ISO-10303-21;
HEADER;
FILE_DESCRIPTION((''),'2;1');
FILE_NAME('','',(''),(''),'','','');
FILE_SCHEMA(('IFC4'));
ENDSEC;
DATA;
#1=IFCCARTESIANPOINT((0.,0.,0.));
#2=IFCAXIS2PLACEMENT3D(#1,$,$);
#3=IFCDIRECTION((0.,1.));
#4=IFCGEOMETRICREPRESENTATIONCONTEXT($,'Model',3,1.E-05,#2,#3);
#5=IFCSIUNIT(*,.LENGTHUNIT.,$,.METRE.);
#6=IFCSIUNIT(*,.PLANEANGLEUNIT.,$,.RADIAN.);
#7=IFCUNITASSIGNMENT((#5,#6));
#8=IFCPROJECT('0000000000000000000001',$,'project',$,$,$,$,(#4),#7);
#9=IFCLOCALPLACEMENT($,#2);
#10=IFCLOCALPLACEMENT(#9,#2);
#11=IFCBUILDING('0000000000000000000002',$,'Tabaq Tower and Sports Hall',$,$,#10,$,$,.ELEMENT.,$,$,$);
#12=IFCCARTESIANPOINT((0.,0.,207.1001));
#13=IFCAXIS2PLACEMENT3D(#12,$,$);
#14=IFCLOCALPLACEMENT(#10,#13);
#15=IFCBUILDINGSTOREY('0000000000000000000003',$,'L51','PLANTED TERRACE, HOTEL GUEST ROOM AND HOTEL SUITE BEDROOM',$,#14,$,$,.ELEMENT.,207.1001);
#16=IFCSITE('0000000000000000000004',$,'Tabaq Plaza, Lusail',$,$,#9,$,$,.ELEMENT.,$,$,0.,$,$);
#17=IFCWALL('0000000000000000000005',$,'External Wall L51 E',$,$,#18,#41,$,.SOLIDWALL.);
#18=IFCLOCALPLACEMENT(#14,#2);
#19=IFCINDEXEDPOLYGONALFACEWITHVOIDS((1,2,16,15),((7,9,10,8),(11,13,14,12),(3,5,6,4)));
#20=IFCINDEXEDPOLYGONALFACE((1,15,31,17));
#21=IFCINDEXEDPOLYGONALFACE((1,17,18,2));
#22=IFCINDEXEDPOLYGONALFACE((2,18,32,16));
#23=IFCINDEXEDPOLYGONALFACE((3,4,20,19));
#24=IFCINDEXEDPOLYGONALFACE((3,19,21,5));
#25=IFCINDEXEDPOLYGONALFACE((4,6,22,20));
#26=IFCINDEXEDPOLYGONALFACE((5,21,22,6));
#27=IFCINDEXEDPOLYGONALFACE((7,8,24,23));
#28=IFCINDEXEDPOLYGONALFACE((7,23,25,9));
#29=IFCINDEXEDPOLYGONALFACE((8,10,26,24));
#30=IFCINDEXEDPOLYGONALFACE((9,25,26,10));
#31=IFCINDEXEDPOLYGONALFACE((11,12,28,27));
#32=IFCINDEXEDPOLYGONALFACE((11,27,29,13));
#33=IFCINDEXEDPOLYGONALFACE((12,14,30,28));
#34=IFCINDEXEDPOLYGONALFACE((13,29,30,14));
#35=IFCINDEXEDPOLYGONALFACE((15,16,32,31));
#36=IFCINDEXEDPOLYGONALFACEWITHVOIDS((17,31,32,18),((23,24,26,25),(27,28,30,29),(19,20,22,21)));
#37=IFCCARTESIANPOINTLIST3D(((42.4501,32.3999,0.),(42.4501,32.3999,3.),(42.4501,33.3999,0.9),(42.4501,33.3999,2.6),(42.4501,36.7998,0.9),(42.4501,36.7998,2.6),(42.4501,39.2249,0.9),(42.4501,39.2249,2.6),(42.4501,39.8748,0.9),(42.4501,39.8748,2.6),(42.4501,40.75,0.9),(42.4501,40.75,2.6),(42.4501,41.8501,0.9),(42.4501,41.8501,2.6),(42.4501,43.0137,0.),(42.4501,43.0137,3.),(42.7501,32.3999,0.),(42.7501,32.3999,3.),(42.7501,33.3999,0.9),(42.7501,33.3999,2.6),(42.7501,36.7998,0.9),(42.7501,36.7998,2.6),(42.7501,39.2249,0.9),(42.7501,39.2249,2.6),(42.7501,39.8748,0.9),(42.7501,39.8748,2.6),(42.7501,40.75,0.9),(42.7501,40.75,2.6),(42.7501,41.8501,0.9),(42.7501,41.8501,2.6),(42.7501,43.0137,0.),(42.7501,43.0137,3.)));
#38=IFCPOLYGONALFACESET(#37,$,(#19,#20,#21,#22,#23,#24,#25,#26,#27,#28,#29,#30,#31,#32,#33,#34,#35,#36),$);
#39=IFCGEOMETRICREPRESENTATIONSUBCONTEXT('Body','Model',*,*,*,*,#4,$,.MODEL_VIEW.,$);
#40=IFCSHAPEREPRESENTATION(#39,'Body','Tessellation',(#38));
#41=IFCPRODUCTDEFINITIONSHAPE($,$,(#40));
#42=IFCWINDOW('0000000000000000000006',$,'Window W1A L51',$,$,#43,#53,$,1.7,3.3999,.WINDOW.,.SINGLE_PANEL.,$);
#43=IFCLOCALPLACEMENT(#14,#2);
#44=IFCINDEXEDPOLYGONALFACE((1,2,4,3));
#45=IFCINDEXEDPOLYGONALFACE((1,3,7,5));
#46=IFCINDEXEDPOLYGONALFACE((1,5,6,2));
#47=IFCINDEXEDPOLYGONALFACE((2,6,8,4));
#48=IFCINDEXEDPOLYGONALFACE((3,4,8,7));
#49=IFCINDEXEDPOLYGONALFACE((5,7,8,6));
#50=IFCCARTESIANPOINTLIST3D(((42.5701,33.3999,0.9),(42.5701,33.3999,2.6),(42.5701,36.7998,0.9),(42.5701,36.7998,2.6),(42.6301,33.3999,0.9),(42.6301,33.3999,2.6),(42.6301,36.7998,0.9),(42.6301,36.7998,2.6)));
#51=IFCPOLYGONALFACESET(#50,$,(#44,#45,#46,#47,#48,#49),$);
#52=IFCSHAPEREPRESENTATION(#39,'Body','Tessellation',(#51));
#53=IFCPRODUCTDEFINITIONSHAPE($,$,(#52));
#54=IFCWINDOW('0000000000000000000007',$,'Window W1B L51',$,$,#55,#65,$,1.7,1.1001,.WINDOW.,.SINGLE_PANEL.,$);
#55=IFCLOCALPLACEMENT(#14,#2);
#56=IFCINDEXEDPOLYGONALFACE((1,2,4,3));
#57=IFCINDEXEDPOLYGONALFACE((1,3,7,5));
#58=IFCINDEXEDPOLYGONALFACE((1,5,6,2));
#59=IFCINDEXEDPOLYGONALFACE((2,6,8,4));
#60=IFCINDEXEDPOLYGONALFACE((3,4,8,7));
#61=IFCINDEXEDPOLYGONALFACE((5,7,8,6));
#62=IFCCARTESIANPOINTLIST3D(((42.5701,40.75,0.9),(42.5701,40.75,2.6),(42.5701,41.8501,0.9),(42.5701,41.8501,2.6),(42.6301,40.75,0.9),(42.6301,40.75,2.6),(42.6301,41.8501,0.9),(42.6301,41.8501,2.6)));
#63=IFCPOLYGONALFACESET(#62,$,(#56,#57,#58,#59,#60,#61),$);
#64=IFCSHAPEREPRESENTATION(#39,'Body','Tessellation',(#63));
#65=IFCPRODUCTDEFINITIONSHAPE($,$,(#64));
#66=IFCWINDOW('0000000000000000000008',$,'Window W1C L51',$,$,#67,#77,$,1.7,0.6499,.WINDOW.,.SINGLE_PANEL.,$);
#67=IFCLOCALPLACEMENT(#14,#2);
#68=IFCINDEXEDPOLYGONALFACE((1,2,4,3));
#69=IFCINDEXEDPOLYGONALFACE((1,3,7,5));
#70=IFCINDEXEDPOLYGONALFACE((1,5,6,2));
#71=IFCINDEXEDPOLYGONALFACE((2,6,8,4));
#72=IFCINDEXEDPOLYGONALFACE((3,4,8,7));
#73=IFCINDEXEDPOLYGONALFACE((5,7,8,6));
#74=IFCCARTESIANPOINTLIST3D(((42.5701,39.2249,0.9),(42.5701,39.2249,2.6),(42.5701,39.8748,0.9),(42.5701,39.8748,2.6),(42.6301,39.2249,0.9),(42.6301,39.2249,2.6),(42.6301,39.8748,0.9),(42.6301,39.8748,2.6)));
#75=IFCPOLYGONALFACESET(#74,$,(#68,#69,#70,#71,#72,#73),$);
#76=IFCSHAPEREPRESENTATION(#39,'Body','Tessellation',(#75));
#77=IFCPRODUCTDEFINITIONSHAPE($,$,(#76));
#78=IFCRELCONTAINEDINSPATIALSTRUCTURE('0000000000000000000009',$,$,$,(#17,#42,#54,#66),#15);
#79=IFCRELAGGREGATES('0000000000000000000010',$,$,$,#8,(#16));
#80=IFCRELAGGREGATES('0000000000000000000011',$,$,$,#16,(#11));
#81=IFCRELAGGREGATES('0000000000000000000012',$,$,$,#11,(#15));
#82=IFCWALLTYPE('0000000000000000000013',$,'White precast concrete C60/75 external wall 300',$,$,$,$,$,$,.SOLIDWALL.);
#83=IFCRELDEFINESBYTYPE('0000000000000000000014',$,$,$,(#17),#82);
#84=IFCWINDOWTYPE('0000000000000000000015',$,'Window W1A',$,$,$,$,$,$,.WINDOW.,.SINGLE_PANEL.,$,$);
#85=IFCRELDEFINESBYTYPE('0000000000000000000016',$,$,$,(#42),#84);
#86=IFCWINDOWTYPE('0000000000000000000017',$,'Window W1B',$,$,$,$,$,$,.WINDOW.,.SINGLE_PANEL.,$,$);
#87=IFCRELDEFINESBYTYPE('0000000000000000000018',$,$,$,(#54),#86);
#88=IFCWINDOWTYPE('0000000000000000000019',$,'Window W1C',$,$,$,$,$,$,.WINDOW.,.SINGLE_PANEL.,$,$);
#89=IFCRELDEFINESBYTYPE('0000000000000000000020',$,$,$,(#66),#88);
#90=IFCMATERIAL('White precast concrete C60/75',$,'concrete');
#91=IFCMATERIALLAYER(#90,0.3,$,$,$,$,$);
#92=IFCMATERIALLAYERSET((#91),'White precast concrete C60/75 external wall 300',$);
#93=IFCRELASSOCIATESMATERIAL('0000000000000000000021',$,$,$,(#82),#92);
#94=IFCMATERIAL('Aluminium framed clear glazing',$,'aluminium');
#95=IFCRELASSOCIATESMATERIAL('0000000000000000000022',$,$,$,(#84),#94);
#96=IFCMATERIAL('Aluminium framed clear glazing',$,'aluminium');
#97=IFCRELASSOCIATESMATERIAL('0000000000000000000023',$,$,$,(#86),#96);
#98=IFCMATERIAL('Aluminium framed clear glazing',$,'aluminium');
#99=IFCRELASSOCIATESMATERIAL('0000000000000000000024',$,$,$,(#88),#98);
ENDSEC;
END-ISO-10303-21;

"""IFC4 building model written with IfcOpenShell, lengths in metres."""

from ifc_helpers import new_model, si_unit, direction, frame, frame_2d, origin, place, context, subcontext, project, spatial, rectangle, extrude, material, layer, layer_set, type_object, element, fill, save


model = new_model("IFC4")

# Units and contexts
model_context = context("Model", 3, precision=1e-05, world=origin(), true_north=direction((0.0, 1.0)))
body_context = subcontext(model_context, "Body", "Model", "MODEL_VIEW")
ifc_project = project(units=[si_unit("LENGTHUNIT", "METRE"), si_unit("PLANEANGLEUNIT", "RADIAN")], contexts=[model_context])

# Site, building, storey
site_placement = place(None, origin())
site = spatial("IfcSite", under=ifc_project, at=site_placement, Name="Tabaq Plaza, Lusail", CompositionType="ELEMENT", RefElevation=0.0)
building_placement = place(site_placement, origin())
building = spatial("IfcBuilding", under=site, at=building_placement, Name="Tabaq Tower and Sports Hall", CompositionType="ELEMENT")
storey_placement = place(building_placement, frame((0.0, 0.0, 207.1001)))
storey = spatial("IfcBuildingStorey", under=building, at=storey_placement, Name="L51", Description="PLANTED TERRACE, HOTEL GUEST ROOM AND HOTEL SUITE BEDROOM", CompositionType="ELEMENT", Elevation=207.1001)

# Wall, openings, windows
ifc_material_1 = material(Name="White precast concrete C60/75", Category="concrete")
ifc_layer_1 = layer(ifc_material_1, 0.3)
ifc_layer_set_1 = layer_set([ifc_layer_1], Name="White precast concrete C60/75 external wall 300")
wall_type_1 = type_object("IfcWallType", Name="White precast concrete C60/75 external wall 300", PredefinedType="SOLIDWALL", material=ifc_layer_set_1)
wall_1_placement = place(storey_placement, frame((42.6001, 32.3999, 0.0), z_axis=(0.0, 0.0, 1.0), x_axis=(0.0, 1.0, 0.0)))
wall_1 = element("IfcWall", 1, at=wall_1_placement, inside=storey, type_object=wall_type_1, Name="External Wall L51 E", PredefinedType="SOLIDWALL", context=body_context, shape_type="SweptSolid", body=[
    extrude(rectangle(XDim=10.6138, YDim=0.3, at=frame_2d((5.3069, 0.0))), origin(), (0.0, 0.0, 1.0), 3.0),
])
opening_1_placement = place(wall_1_placement, frame((1.0, 0.0, 0.8999)))
opening_1 = element("IfcOpeningElement", 2, at=opening_1_placement, cuts=wall_1, PredefinedType="OPENING", context=body_context, shape_type="SweptSolid", body=[
    extrude(rectangle(XDim=3.3999, YDim=1.7, at=frame_2d((1.7, 0.8501))), frame((0.0, 0.1602, 0.0), z_axis=(0.0, -1.0, 0.0), x_axis=(1.0, 0.0, 0.0)), (0.0, 0.0, 1.0), 0.3201),
])
opening_2_placement = place(wall_1_placement, frame((6.825, 0.0, 0.8999)))
opening_2 = element("IfcOpeningElement", 3, at=opening_2_placement, cuts=wall_1, PredefinedType="OPENING", context=body_context, shape_type="SweptSolid", body=[
    extrude(rectangle(XDim=0.6499, YDim=1.7, at=frame_2d((0.325, 0.8501))), frame((0.0, 0.1602, 0.0), z_axis=(0.0, -1.0, 0.0), x_axis=(1.0, 0.0, 0.0)), (0.0, 0.0, 1.0), 0.3201),
])
opening_3_placement = place(wall_1_placement, frame((8.3501, 0.0, 0.8999)))
opening_3 = element("IfcOpeningElement", 4, at=opening_3_placement, cuts=wall_1, PredefinedType="OPENING", context=body_context, shape_type="SweptSolid", body=[
    extrude(rectangle(XDim=1.1001, YDim=1.7, at=frame_2d((0.55, 0.8501))), frame((0.0, 0.1602, 0.0), z_axis=(0.0, -1.0, 0.0), x_axis=(1.0, 0.0, 0.0)), (0.0, 0.0, 1.0), 0.3201),
])
ifc_material_2 = material(Name="Aluminium framed clear glazing", Category="aluminium")
window_type_1 = type_object("IfcWindowType", Name="Window W1A", PartitioningType="SINGLE_PANEL", PredefinedType="WINDOW", material=ifc_material_2)
window_1_placement = place(opening_1_placement, origin())
window_1 = element("IfcWindow", 5, at=window_1_placement, inside=storey, type_object=window_type_1, Name="Window W1A L51", OverallHeight=1.7, OverallWidth=3.3999, PartitioningType="SINGLE_PANEL", PredefinedType="WINDOW", context=body_context, shape_type="SweptSolid", body=[
    extrude(rectangle(XDim=3.3999, YDim=1.7, at=frame_2d((1.7, 0.8501))), frame((0.0, 0.03, 0.0), z_axis=(0.0, -1.0, 0.0), x_axis=(1.0, 0.0, 0.0)), (0.0, 0.0, 1.0), 0.0601),
])
fill(opening_1, window_1)
ifc_material_3 = material(Name="Aluminium framed clear glazing", Category="aluminium")
window_type_2 = type_object("IfcWindowType", Name="Window W1B", PartitioningType="SINGLE_PANEL", PredefinedType="WINDOW", material=ifc_material_3)
window_2_placement = place(opening_3_placement, origin())
window_2 = element("IfcWindow", 6, at=window_2_placement, inside=storey, type_object=window_type_2, Name="Window W1B L51", OverallHeight=1.7, OverallWidth=1.1001, PartitioningType="SINGLE_PANEL", PredefinedType="WINDOW", context=body_context, shape_type="SweptSolid", body=[
    extrude(rectangle(XDim=1.1001, YDim=1.7, at=frame_2d((0.55, 0.8501))), frame((0.0, 0.03, 0.0), z_axis=(0.0, -1.0, 0.0), x_axis=(1.0, 0.0, 0.0)), (0.0, 0.0, 1.0), 0.0601),
])
fill(opening_3, window_2)
ifc_material_4 = material(Name="Aluminium framed clear glazing", Category="aluminium")
window_type_3 = type_object("IfcWindowType", Name="Window W1C", PartitioningType="SINGLE_PANEL", PredefinedType="WINDOW", material=ifc_material_4)
window_3_placement = place(opening_2_placement, origin())
window_3 = element("IfcWindow", 7, at=window_3_placement, inside=storey, type_object=window_type_3, Name="Window W1C L51", OverallHeight=1.7, OverallWidth=0.6499, PartitioningType="SINGLE_PANEL", PredefinedType="WINDOW", context=body_context, shape_type="SweptSolid", body=[
    extrude(rectangle(XDim=0.6499, YDim=1.7, at=frame_2d((0.325, 0.8501))), frame((0.0, 0.03, 0.0), z_axis=(0.0, -1.0, 0.0), x_axis=(1.0, 0.0, 0.0)), (0.0, 0.0, 1.0), 0.0601),
])
fill(opening_2, window_3)

save(model, "model.ifc")
